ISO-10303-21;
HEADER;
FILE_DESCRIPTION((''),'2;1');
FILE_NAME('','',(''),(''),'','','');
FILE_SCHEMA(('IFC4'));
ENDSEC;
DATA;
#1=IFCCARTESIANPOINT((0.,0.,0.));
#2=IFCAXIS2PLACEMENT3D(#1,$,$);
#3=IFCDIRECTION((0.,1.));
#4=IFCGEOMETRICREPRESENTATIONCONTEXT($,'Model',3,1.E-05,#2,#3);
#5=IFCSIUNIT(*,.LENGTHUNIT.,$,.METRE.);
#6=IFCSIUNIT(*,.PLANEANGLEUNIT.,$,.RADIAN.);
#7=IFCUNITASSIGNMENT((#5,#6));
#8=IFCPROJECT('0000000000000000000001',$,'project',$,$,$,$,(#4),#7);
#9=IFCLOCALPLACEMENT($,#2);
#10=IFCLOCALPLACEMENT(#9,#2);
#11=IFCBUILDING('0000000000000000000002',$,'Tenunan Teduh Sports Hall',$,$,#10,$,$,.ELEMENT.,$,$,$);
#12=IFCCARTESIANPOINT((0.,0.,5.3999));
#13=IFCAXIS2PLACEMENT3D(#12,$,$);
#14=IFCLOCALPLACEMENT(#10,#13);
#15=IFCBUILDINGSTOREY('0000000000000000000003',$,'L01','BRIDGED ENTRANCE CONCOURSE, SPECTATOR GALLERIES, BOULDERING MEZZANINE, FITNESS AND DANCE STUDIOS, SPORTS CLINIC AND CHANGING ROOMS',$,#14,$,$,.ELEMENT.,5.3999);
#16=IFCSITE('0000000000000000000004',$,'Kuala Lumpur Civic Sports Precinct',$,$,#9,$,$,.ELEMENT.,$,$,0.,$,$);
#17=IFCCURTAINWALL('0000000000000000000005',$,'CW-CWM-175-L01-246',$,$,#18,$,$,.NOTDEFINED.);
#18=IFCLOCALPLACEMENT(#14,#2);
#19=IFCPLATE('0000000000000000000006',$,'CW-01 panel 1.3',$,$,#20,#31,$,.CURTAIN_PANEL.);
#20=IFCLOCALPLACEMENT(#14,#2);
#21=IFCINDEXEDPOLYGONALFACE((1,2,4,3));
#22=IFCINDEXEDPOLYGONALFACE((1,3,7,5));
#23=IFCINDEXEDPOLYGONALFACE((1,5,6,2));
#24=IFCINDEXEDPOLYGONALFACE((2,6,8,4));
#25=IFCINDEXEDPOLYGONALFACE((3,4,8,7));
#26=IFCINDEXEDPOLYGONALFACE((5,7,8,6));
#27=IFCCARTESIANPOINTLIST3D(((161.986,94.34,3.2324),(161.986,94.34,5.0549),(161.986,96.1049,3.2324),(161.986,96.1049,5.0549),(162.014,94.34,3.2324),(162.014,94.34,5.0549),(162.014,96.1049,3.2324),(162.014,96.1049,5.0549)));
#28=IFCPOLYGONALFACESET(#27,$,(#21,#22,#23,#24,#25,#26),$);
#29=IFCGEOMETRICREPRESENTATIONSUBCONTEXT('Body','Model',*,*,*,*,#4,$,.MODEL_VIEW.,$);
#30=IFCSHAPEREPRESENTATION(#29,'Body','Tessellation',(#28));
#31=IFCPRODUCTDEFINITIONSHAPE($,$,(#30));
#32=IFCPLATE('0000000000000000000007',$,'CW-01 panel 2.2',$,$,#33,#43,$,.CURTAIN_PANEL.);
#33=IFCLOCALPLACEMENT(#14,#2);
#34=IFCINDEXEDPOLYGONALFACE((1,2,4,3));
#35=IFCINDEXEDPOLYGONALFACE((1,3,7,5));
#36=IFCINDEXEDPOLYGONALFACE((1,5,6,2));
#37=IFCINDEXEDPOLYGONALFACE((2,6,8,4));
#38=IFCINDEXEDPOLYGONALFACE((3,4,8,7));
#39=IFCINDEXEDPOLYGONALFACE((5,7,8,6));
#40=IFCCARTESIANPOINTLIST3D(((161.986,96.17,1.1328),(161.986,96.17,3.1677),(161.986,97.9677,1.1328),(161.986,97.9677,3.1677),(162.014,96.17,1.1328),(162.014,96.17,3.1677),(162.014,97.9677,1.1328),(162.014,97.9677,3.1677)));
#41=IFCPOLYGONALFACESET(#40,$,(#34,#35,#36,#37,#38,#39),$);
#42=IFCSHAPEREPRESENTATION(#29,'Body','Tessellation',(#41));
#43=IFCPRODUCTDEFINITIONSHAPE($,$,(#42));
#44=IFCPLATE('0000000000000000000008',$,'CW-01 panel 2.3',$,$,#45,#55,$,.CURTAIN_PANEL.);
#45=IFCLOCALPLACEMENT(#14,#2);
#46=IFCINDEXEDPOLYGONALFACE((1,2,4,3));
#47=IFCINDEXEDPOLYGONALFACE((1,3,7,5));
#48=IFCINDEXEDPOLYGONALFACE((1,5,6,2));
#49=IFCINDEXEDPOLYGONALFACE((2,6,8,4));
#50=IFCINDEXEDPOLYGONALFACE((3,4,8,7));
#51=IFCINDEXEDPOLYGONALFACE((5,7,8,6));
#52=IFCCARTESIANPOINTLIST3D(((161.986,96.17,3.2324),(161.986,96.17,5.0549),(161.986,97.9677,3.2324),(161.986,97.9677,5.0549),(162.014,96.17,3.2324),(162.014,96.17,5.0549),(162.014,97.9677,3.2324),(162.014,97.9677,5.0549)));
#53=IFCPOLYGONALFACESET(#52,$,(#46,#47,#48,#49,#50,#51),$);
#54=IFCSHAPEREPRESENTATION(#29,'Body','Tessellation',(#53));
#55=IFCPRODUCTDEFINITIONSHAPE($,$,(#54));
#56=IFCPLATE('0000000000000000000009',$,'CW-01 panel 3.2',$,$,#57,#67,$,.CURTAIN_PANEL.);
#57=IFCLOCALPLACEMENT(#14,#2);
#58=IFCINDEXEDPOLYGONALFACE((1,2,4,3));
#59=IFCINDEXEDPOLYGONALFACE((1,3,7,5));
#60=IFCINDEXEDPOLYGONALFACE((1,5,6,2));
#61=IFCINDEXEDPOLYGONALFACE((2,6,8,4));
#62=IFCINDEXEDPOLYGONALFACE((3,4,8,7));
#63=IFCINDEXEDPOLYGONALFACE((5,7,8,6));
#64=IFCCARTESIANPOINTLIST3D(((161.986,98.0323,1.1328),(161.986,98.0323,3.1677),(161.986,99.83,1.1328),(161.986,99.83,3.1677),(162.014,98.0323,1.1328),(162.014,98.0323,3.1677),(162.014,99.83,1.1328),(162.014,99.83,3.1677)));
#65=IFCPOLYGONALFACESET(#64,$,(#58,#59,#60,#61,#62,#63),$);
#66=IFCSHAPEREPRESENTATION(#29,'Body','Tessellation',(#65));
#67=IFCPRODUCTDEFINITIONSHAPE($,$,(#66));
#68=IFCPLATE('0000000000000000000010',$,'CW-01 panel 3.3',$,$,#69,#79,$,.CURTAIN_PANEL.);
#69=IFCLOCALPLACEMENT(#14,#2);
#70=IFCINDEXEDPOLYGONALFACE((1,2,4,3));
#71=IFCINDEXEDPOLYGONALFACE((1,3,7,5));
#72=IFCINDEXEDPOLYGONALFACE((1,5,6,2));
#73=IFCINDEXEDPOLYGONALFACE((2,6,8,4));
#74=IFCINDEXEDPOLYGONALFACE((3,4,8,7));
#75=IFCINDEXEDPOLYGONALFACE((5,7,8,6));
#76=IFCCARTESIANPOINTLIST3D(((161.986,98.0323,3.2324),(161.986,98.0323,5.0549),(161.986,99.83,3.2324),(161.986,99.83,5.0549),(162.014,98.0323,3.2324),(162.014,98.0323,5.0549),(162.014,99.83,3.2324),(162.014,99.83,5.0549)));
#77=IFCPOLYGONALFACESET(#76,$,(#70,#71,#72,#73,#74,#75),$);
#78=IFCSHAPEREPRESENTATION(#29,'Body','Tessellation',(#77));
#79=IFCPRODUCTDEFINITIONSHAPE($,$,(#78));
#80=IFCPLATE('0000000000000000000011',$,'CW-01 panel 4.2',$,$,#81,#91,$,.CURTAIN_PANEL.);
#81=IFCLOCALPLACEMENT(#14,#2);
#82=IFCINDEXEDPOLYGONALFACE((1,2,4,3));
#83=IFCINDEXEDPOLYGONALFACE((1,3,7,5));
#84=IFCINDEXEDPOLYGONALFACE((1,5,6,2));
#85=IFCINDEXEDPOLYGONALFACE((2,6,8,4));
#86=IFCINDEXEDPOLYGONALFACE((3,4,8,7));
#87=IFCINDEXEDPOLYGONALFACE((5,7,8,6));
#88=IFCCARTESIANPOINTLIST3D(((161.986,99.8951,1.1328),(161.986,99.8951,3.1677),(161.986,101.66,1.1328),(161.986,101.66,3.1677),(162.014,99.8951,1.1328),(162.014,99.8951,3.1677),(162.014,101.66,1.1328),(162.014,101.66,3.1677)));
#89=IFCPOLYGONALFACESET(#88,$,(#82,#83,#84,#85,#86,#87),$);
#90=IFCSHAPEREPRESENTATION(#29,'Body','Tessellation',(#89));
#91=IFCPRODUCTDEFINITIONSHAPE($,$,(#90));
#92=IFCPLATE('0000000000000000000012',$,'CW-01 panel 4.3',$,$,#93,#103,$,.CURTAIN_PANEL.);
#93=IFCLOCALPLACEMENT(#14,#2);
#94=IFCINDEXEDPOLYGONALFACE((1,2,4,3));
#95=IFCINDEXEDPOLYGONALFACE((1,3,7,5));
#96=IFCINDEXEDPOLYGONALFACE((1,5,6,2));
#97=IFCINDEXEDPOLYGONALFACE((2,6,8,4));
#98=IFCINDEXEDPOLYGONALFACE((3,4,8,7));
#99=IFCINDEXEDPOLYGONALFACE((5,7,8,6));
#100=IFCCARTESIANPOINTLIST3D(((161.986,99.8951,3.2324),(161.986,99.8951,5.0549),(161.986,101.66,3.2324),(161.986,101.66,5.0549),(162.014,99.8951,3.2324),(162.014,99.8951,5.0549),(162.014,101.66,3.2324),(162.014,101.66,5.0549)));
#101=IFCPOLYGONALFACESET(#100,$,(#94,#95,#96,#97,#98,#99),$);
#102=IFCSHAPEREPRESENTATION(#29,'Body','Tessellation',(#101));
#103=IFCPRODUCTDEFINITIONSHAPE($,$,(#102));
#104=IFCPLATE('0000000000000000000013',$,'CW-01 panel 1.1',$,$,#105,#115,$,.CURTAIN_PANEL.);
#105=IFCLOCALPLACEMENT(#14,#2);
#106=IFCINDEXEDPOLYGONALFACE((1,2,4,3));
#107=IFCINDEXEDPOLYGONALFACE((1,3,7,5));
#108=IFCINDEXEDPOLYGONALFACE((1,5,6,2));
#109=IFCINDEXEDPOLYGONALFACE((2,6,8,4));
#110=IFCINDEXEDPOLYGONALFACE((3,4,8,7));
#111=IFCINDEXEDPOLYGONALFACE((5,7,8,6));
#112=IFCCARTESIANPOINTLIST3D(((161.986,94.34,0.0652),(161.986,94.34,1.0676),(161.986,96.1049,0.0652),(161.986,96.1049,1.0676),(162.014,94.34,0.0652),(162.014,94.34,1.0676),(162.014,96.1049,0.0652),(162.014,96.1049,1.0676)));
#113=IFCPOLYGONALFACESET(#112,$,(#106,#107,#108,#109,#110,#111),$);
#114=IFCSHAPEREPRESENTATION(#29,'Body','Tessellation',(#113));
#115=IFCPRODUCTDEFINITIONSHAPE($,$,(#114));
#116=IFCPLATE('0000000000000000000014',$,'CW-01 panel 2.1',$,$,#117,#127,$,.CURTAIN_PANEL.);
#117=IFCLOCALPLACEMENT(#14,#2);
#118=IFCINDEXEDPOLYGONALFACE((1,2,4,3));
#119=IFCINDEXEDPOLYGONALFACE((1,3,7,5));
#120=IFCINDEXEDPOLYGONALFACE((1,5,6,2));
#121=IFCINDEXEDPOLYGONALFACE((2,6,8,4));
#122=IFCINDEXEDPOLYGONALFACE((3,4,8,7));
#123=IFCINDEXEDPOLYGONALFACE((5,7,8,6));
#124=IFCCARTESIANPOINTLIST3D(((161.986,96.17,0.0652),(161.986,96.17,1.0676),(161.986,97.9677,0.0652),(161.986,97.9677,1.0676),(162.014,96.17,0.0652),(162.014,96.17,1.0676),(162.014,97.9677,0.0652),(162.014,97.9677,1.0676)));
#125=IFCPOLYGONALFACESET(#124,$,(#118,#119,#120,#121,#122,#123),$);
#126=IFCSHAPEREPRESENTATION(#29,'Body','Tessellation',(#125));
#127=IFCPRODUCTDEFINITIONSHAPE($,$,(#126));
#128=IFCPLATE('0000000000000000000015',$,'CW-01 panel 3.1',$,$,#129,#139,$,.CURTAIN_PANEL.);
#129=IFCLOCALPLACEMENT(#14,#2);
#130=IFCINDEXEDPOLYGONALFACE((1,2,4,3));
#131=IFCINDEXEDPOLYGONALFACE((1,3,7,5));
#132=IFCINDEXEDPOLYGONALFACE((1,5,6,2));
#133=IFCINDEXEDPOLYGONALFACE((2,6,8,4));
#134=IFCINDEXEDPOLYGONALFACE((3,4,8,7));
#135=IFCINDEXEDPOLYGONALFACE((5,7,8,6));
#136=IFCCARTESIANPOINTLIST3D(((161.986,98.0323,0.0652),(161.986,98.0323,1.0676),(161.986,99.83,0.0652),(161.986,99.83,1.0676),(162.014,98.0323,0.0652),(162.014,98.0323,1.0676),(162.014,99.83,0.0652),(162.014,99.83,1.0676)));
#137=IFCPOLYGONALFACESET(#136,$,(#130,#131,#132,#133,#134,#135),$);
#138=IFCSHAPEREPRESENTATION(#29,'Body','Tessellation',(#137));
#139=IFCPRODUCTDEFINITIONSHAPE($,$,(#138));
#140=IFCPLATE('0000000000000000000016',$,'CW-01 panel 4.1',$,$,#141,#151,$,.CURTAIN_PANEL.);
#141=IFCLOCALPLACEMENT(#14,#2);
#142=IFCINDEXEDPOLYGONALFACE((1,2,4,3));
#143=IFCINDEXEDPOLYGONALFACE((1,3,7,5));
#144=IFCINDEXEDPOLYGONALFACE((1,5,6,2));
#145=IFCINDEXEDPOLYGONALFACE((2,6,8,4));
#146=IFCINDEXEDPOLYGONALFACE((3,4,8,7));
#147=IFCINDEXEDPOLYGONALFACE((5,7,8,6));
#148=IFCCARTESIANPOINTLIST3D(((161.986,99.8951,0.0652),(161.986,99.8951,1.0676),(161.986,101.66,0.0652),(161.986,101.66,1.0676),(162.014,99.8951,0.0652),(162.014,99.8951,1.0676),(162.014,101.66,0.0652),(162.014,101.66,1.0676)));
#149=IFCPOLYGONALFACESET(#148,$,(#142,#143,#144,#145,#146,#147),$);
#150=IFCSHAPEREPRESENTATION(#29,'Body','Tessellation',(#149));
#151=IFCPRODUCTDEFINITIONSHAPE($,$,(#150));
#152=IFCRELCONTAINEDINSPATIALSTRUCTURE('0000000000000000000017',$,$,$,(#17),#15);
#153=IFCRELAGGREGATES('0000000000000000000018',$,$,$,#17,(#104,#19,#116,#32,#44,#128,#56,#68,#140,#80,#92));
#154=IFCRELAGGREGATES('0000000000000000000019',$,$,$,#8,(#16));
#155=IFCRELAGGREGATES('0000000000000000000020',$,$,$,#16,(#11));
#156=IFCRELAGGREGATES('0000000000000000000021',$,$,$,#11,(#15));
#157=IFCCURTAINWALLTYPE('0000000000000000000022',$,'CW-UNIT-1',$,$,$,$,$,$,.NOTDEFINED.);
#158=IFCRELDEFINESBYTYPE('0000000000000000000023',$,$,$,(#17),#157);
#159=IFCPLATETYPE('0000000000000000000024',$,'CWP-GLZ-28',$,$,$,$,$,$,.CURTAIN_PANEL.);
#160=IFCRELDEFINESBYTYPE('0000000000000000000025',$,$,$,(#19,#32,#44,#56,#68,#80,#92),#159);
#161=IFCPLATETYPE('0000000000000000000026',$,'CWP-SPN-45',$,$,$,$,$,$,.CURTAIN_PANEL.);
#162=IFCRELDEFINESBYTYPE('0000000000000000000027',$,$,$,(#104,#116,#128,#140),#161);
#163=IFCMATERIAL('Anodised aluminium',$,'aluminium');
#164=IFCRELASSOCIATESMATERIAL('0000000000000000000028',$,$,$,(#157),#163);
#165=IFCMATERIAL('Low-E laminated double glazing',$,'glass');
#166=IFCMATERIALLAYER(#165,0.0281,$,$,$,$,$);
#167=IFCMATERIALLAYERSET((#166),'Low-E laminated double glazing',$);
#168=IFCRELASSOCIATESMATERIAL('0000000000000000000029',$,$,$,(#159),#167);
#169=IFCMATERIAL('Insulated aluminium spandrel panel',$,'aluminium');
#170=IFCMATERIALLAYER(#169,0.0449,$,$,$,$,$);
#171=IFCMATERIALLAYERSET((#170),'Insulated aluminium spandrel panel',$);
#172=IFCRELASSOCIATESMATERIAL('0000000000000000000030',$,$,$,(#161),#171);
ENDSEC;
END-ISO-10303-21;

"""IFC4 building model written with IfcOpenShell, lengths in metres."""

from ifc_helpers import new_model, si_unit, direction, frame, origin, origin_2d, place, context, subcontext, project, spatial, rectangle, extrude, material, layer, layer_set, type_object, element, aggregate, save


model = new_model("IFC4")

# Units and contexts
model_context = context("Model", 3, precision=1e-05, world=origin(), true_north=direction((0.0, 1.0)))
body_context = subcontext(model_context, "Body", "Model", "MODEL_VIEW")
ifc_project = project(units=[si_unit("LENGTHUNIT", "METRE"), si_unit("PLANEANGLEUNIT", "RADIAN")], contexts=[model_context])

# Site, building, storey
site_placement = place(None, origin())
site = spatial("IfcSite", under=ifc_project, at=site_placement, Name="Kuala Lumpur Civic Sports Precinct", CompositionType="ELEMENT", RefElevation=0.0)
building_placement = place(site_placement, origin())
building = spatial("IfcBuilding", under=site, at=building_placement, Name="Tenunan Teduh Sports Hall", CompositionType="ELEMENT")
storey_placement = place(building_placement, frame((0.0, 0.0, 5.3999)))
storey = spatial("IfcBuildingStorey", under=building, at=storey_placement, Name="L01", Description="BRIDGED ENTRANCE CONCOURSE, SPECTATOR GALLERIES, BOULDERING MEZZANINE, FITNESS AND DANCE STUDIOS, SPORTS CLINIC AND CHANGING ROOMS", CompositionType="ELEMENT", Elevation=5.3999)

# Curtain wall
ifc_material_1 = material(Name="Anodised aluminium", Category="aluminium")
curtain_wall_type = type_object("IfcCurtainWallType", Name="CW-UNIT-1", PredefinedType="NOTDEFINED", material=ifc_material_1)
curtain_wall_placement = place(storey_placement, origin())
curtain_wall = element("IfcCurtainWall", 1, at=curtain_wall_placement, inside=storey, type_object=curtain_wall_type, Name="CW-CWM-175-L01-246", PredefinedType="NOTDEFINED")

# Plates
ifc_material_2 = material(Name="Low-E laminated double glazing", Category="glass")
ifc_layer_1 = layer(ifc_material_2, 0.0281)
ifc_layer_set_1 = layer_set([ifc_layer_1], Name="Low-E laminated double glazing")
plate_type_1 = type_object("IfcPlateType", Name="CWP-GLZ-28", PredefinedType="CURTAIN_PANEL", material=ifc_layer_set_1)
plate_1_placement = place(storey_placement, frame((162.0, 95.2224, 3.2324), z_axis=(0.0, 0.0, 1.0), x_axis=(0.0, 1.0, 0.0)))
plate_1 = element("IfcPlate", 2, at=plate_1_placement, type_object=plate_type_1, Name="CW-01 panel 1.3", PredefinedType="CURTAIN_PANEL", context=body_context, shape_type="SweptSolid", body=[
    extrude(rectangle(XDim=1.7649, YDim=0.0281, at=origin_2d()), origin(), (0.0, 0.0, 1.0), 1.8225),
])
plate_2_placement = place(storey_placement, frame((162.0, 97.0688, 1.1328), z_axis=(0.0, 0.0, 1.0), x_axis=(0.0, 1.0, 0.0)))
plate_2 = element("IfcPlate", 3, at=plate_2_placement, type_object=plate_type_1, Name="CW-01 panel 2.2", PredefinedType="CURTAIN_PANEL", context=body_context, shape_type="SweptSolid", body=[
    extrude(rectangle(XDim=1.7976, YDim=0.0281, at=origin_2d()), origin(), (0.0, 0.0, 1.0), 2.0349),
])
plate_3_placement = place(storey_placement, frame((162.0, 97.0688, 3.2324), z_axis=(0.0, 0.0, 1.0), x_axis=(0.0, 1.0, 0.0)))
plate_3 = element("IfcPlate", 4, at=plate_3_placement, type_object=plate_type_1, Name="CW-01 panel 2.3", PredefinedType="CURTAIN_PANEL", context=body_context, shape_type="SweptSolid", body=[
    extrude(rectangle(XDim=1.7976, YDim=0.0281, at=origin_2d()), origin(), (0.0, 0.0, 1.0), 1.8225),
])
plate_4_placement = place(storey_placement, frame((162.0, 98.9312, 1.1328), z_axis=(0.0, 0.0, 1.0), x_axis=(0.0, 1.0, 0.0)))
plate_4 = element("IfcPlate", 5, at=plate_4_placement, type_object=plate_type_1, Name="CW-01 panel 3.2", PredefinedType="CURTAIN_PANEL", context=body_context, shape_type="SweptSolid", body=[
    extrude(rectangle(XDim=1.7976, YDim=0.0281, at=origin_2d()), origin(), (0.0, 0.0, 1.0), 2.0349),
])
plate_5_placement = place(storey_placement, frame((162.0, 98.9312, 3.2324), z_axis=(0.0, 0.0, 1.0), x_axis=(0.0, 1.0, 0.0)))
plate_5 = element("IfcPlate", 6, at=plate_5_placement, type_object=plate_type_1, Name="CW-01 panel 3.3", PredefinedType="CURTAIN_PANEL", context=body_context, shape_type="SweptSolid", body=[
    extrude(rectangle(XDim=1.7976, YDim=0.0281, at=origin_2d()), origin(), (0.0, 0.0, 1.0), 1.8225),
])
plate_6_placement = place(storey_placement, frame((162.0, 100.7776, 1.1328), z_axis=(0.0, 0.0, 1.0), x_axis=(0.0, 1.0, 0.0)))
plate_6 = element("IfcPlate", 7, at=plate_6_placement, type_object=plate_type_1, Name="CW-01 panel 4.2", PredefinedType="CURTAIN_PANEL", context=body_context, shape_type="SweptSolid", body=[
    extrude(rectangle(XDim=1.7649, YDim=0.0281, at=origin_2d()), origin(), (0.0, 0.0, 1.0), 2.0349),
])
plate_7_placement = place(storey_placement, frame((162.0, 100.7776, 3.2324), z_axis=(0.0, 0.0, 1.0), x_axis=(0.0, 1.0, 0.0)))
plate_7 = element("IfcPlate", 8, at=plate_7_placement, type_object=plate_type_1, Name="CW-01 panel 4.3", PredefinedType="CURTAIN_PANEL", context=body_context, shape_type="SweptSolid", body=[
    extrude(rectangle(XDim=1.7649, YDim=0.0281, at=origin_2d()), origin(), (0.0, 0.0, 1.0), 1.8225),
])
ifc_material_3 = material(Name="Insulated aluminium spandrel panel", Category="aluminium")
ifc_layer_2 = layer(ifc_material_3, 0.0449)
ifc_layer_set_2 = layer_set([ifc_layer_2], Name="Insulated aluminium spandrel panel")
plate_type_2 = type_object("IfcPlateType", Name="CWP-SPN-45", PredefinedType="CURTAIN_PANEL", material=ifc_layer_set_2)
plate_8_placement = place(storey_placement, frame((162.0, 95.2224, 0.0652), z_axis=(0.0, 0.0, 1.0), x_axis=(0.0, 1.0, 0.0)))
plate_8 = element("IfcPlate", 9, at=plate_8_placement, type_object=plate_type_2, Name="CW-01 panel 1.1", PredefinedType="CURTAIN_PANEL", context=body_context, shape_type="SweptSolid", body=[
    extrude(rectangle(XDim=1.7649, YDim=0.0281, at=origin_2d()), origin(), (0.0, 0.0, 1.0), 1.0024),
])
plate_9_placement = place(storey_placement, frame((162.0, 97.0688, 0.0652), z_axis=(0.0, 0.0, 1.0), x_axis=(0.0, 1.0, 0.0)))
plate_9 = element("IfcPlate", 10, at=plate_9_placement, type_object=plate_type_2, Name="CW-01 panel 2.1", PredefinedType="CURTAIN_PANEL", context=body_context, shape_type="SweptSolid", body=[
    extrude(rectangle(XDim=1.7976, YDim=0.0281, at=origin_2d()), origin(), (0.0, 0.0, 1.0), 1.0024),
])
plate_10_placement = place(storey_placement, frame((162.0, 98.9312, 0.0652), z_axis=(0.0, 0.0, 1.0), x_axis=(0.0, 1.0, 0.0)))
plate_10 = element("IfcPlate", 11, at=plate_10_placement, type_object=plate_type_2, Name="CW-01 panel 3.1", PredefinedType="CURTAIN_PANEL", context=body_context, shape_type="SweptSolid", body=[
    extrude(rectangle(XDim=1.7976, YDim=0.0281, at=origin_2d()), origin(), (0.0, 0.0, 1.0), 1.0024),
])
plate_11_placement = place(storey_placement, frame((162.0, 100.7776, 0.0652), z_axis=(0.0, 0.0, 1.0), x_axis=(0.0, 1.0, 0.0)))
plate_11 = element("IfcPlate", 12, at=plate_11_placement, type_object=plate_type_2, Name="CW-01 panel 4.1", PredefinedType="CURTAIN_PANEL", context=body_context, shape_type="SweptSolid", body=[
    extrude(rectangle(XDim=1.7649, YDim=0.0281, at=origin_2d()), origin(), (0.0, 0.0, 1.0), 1.0024),
])
aggregate(curtain_wall, [plate_8, plate_1, plate_9, plate_2, plate_3, plate_10, plate_4, plate_5, plate_11, plate_6, plate_7])

save(model, "model.ifc")
